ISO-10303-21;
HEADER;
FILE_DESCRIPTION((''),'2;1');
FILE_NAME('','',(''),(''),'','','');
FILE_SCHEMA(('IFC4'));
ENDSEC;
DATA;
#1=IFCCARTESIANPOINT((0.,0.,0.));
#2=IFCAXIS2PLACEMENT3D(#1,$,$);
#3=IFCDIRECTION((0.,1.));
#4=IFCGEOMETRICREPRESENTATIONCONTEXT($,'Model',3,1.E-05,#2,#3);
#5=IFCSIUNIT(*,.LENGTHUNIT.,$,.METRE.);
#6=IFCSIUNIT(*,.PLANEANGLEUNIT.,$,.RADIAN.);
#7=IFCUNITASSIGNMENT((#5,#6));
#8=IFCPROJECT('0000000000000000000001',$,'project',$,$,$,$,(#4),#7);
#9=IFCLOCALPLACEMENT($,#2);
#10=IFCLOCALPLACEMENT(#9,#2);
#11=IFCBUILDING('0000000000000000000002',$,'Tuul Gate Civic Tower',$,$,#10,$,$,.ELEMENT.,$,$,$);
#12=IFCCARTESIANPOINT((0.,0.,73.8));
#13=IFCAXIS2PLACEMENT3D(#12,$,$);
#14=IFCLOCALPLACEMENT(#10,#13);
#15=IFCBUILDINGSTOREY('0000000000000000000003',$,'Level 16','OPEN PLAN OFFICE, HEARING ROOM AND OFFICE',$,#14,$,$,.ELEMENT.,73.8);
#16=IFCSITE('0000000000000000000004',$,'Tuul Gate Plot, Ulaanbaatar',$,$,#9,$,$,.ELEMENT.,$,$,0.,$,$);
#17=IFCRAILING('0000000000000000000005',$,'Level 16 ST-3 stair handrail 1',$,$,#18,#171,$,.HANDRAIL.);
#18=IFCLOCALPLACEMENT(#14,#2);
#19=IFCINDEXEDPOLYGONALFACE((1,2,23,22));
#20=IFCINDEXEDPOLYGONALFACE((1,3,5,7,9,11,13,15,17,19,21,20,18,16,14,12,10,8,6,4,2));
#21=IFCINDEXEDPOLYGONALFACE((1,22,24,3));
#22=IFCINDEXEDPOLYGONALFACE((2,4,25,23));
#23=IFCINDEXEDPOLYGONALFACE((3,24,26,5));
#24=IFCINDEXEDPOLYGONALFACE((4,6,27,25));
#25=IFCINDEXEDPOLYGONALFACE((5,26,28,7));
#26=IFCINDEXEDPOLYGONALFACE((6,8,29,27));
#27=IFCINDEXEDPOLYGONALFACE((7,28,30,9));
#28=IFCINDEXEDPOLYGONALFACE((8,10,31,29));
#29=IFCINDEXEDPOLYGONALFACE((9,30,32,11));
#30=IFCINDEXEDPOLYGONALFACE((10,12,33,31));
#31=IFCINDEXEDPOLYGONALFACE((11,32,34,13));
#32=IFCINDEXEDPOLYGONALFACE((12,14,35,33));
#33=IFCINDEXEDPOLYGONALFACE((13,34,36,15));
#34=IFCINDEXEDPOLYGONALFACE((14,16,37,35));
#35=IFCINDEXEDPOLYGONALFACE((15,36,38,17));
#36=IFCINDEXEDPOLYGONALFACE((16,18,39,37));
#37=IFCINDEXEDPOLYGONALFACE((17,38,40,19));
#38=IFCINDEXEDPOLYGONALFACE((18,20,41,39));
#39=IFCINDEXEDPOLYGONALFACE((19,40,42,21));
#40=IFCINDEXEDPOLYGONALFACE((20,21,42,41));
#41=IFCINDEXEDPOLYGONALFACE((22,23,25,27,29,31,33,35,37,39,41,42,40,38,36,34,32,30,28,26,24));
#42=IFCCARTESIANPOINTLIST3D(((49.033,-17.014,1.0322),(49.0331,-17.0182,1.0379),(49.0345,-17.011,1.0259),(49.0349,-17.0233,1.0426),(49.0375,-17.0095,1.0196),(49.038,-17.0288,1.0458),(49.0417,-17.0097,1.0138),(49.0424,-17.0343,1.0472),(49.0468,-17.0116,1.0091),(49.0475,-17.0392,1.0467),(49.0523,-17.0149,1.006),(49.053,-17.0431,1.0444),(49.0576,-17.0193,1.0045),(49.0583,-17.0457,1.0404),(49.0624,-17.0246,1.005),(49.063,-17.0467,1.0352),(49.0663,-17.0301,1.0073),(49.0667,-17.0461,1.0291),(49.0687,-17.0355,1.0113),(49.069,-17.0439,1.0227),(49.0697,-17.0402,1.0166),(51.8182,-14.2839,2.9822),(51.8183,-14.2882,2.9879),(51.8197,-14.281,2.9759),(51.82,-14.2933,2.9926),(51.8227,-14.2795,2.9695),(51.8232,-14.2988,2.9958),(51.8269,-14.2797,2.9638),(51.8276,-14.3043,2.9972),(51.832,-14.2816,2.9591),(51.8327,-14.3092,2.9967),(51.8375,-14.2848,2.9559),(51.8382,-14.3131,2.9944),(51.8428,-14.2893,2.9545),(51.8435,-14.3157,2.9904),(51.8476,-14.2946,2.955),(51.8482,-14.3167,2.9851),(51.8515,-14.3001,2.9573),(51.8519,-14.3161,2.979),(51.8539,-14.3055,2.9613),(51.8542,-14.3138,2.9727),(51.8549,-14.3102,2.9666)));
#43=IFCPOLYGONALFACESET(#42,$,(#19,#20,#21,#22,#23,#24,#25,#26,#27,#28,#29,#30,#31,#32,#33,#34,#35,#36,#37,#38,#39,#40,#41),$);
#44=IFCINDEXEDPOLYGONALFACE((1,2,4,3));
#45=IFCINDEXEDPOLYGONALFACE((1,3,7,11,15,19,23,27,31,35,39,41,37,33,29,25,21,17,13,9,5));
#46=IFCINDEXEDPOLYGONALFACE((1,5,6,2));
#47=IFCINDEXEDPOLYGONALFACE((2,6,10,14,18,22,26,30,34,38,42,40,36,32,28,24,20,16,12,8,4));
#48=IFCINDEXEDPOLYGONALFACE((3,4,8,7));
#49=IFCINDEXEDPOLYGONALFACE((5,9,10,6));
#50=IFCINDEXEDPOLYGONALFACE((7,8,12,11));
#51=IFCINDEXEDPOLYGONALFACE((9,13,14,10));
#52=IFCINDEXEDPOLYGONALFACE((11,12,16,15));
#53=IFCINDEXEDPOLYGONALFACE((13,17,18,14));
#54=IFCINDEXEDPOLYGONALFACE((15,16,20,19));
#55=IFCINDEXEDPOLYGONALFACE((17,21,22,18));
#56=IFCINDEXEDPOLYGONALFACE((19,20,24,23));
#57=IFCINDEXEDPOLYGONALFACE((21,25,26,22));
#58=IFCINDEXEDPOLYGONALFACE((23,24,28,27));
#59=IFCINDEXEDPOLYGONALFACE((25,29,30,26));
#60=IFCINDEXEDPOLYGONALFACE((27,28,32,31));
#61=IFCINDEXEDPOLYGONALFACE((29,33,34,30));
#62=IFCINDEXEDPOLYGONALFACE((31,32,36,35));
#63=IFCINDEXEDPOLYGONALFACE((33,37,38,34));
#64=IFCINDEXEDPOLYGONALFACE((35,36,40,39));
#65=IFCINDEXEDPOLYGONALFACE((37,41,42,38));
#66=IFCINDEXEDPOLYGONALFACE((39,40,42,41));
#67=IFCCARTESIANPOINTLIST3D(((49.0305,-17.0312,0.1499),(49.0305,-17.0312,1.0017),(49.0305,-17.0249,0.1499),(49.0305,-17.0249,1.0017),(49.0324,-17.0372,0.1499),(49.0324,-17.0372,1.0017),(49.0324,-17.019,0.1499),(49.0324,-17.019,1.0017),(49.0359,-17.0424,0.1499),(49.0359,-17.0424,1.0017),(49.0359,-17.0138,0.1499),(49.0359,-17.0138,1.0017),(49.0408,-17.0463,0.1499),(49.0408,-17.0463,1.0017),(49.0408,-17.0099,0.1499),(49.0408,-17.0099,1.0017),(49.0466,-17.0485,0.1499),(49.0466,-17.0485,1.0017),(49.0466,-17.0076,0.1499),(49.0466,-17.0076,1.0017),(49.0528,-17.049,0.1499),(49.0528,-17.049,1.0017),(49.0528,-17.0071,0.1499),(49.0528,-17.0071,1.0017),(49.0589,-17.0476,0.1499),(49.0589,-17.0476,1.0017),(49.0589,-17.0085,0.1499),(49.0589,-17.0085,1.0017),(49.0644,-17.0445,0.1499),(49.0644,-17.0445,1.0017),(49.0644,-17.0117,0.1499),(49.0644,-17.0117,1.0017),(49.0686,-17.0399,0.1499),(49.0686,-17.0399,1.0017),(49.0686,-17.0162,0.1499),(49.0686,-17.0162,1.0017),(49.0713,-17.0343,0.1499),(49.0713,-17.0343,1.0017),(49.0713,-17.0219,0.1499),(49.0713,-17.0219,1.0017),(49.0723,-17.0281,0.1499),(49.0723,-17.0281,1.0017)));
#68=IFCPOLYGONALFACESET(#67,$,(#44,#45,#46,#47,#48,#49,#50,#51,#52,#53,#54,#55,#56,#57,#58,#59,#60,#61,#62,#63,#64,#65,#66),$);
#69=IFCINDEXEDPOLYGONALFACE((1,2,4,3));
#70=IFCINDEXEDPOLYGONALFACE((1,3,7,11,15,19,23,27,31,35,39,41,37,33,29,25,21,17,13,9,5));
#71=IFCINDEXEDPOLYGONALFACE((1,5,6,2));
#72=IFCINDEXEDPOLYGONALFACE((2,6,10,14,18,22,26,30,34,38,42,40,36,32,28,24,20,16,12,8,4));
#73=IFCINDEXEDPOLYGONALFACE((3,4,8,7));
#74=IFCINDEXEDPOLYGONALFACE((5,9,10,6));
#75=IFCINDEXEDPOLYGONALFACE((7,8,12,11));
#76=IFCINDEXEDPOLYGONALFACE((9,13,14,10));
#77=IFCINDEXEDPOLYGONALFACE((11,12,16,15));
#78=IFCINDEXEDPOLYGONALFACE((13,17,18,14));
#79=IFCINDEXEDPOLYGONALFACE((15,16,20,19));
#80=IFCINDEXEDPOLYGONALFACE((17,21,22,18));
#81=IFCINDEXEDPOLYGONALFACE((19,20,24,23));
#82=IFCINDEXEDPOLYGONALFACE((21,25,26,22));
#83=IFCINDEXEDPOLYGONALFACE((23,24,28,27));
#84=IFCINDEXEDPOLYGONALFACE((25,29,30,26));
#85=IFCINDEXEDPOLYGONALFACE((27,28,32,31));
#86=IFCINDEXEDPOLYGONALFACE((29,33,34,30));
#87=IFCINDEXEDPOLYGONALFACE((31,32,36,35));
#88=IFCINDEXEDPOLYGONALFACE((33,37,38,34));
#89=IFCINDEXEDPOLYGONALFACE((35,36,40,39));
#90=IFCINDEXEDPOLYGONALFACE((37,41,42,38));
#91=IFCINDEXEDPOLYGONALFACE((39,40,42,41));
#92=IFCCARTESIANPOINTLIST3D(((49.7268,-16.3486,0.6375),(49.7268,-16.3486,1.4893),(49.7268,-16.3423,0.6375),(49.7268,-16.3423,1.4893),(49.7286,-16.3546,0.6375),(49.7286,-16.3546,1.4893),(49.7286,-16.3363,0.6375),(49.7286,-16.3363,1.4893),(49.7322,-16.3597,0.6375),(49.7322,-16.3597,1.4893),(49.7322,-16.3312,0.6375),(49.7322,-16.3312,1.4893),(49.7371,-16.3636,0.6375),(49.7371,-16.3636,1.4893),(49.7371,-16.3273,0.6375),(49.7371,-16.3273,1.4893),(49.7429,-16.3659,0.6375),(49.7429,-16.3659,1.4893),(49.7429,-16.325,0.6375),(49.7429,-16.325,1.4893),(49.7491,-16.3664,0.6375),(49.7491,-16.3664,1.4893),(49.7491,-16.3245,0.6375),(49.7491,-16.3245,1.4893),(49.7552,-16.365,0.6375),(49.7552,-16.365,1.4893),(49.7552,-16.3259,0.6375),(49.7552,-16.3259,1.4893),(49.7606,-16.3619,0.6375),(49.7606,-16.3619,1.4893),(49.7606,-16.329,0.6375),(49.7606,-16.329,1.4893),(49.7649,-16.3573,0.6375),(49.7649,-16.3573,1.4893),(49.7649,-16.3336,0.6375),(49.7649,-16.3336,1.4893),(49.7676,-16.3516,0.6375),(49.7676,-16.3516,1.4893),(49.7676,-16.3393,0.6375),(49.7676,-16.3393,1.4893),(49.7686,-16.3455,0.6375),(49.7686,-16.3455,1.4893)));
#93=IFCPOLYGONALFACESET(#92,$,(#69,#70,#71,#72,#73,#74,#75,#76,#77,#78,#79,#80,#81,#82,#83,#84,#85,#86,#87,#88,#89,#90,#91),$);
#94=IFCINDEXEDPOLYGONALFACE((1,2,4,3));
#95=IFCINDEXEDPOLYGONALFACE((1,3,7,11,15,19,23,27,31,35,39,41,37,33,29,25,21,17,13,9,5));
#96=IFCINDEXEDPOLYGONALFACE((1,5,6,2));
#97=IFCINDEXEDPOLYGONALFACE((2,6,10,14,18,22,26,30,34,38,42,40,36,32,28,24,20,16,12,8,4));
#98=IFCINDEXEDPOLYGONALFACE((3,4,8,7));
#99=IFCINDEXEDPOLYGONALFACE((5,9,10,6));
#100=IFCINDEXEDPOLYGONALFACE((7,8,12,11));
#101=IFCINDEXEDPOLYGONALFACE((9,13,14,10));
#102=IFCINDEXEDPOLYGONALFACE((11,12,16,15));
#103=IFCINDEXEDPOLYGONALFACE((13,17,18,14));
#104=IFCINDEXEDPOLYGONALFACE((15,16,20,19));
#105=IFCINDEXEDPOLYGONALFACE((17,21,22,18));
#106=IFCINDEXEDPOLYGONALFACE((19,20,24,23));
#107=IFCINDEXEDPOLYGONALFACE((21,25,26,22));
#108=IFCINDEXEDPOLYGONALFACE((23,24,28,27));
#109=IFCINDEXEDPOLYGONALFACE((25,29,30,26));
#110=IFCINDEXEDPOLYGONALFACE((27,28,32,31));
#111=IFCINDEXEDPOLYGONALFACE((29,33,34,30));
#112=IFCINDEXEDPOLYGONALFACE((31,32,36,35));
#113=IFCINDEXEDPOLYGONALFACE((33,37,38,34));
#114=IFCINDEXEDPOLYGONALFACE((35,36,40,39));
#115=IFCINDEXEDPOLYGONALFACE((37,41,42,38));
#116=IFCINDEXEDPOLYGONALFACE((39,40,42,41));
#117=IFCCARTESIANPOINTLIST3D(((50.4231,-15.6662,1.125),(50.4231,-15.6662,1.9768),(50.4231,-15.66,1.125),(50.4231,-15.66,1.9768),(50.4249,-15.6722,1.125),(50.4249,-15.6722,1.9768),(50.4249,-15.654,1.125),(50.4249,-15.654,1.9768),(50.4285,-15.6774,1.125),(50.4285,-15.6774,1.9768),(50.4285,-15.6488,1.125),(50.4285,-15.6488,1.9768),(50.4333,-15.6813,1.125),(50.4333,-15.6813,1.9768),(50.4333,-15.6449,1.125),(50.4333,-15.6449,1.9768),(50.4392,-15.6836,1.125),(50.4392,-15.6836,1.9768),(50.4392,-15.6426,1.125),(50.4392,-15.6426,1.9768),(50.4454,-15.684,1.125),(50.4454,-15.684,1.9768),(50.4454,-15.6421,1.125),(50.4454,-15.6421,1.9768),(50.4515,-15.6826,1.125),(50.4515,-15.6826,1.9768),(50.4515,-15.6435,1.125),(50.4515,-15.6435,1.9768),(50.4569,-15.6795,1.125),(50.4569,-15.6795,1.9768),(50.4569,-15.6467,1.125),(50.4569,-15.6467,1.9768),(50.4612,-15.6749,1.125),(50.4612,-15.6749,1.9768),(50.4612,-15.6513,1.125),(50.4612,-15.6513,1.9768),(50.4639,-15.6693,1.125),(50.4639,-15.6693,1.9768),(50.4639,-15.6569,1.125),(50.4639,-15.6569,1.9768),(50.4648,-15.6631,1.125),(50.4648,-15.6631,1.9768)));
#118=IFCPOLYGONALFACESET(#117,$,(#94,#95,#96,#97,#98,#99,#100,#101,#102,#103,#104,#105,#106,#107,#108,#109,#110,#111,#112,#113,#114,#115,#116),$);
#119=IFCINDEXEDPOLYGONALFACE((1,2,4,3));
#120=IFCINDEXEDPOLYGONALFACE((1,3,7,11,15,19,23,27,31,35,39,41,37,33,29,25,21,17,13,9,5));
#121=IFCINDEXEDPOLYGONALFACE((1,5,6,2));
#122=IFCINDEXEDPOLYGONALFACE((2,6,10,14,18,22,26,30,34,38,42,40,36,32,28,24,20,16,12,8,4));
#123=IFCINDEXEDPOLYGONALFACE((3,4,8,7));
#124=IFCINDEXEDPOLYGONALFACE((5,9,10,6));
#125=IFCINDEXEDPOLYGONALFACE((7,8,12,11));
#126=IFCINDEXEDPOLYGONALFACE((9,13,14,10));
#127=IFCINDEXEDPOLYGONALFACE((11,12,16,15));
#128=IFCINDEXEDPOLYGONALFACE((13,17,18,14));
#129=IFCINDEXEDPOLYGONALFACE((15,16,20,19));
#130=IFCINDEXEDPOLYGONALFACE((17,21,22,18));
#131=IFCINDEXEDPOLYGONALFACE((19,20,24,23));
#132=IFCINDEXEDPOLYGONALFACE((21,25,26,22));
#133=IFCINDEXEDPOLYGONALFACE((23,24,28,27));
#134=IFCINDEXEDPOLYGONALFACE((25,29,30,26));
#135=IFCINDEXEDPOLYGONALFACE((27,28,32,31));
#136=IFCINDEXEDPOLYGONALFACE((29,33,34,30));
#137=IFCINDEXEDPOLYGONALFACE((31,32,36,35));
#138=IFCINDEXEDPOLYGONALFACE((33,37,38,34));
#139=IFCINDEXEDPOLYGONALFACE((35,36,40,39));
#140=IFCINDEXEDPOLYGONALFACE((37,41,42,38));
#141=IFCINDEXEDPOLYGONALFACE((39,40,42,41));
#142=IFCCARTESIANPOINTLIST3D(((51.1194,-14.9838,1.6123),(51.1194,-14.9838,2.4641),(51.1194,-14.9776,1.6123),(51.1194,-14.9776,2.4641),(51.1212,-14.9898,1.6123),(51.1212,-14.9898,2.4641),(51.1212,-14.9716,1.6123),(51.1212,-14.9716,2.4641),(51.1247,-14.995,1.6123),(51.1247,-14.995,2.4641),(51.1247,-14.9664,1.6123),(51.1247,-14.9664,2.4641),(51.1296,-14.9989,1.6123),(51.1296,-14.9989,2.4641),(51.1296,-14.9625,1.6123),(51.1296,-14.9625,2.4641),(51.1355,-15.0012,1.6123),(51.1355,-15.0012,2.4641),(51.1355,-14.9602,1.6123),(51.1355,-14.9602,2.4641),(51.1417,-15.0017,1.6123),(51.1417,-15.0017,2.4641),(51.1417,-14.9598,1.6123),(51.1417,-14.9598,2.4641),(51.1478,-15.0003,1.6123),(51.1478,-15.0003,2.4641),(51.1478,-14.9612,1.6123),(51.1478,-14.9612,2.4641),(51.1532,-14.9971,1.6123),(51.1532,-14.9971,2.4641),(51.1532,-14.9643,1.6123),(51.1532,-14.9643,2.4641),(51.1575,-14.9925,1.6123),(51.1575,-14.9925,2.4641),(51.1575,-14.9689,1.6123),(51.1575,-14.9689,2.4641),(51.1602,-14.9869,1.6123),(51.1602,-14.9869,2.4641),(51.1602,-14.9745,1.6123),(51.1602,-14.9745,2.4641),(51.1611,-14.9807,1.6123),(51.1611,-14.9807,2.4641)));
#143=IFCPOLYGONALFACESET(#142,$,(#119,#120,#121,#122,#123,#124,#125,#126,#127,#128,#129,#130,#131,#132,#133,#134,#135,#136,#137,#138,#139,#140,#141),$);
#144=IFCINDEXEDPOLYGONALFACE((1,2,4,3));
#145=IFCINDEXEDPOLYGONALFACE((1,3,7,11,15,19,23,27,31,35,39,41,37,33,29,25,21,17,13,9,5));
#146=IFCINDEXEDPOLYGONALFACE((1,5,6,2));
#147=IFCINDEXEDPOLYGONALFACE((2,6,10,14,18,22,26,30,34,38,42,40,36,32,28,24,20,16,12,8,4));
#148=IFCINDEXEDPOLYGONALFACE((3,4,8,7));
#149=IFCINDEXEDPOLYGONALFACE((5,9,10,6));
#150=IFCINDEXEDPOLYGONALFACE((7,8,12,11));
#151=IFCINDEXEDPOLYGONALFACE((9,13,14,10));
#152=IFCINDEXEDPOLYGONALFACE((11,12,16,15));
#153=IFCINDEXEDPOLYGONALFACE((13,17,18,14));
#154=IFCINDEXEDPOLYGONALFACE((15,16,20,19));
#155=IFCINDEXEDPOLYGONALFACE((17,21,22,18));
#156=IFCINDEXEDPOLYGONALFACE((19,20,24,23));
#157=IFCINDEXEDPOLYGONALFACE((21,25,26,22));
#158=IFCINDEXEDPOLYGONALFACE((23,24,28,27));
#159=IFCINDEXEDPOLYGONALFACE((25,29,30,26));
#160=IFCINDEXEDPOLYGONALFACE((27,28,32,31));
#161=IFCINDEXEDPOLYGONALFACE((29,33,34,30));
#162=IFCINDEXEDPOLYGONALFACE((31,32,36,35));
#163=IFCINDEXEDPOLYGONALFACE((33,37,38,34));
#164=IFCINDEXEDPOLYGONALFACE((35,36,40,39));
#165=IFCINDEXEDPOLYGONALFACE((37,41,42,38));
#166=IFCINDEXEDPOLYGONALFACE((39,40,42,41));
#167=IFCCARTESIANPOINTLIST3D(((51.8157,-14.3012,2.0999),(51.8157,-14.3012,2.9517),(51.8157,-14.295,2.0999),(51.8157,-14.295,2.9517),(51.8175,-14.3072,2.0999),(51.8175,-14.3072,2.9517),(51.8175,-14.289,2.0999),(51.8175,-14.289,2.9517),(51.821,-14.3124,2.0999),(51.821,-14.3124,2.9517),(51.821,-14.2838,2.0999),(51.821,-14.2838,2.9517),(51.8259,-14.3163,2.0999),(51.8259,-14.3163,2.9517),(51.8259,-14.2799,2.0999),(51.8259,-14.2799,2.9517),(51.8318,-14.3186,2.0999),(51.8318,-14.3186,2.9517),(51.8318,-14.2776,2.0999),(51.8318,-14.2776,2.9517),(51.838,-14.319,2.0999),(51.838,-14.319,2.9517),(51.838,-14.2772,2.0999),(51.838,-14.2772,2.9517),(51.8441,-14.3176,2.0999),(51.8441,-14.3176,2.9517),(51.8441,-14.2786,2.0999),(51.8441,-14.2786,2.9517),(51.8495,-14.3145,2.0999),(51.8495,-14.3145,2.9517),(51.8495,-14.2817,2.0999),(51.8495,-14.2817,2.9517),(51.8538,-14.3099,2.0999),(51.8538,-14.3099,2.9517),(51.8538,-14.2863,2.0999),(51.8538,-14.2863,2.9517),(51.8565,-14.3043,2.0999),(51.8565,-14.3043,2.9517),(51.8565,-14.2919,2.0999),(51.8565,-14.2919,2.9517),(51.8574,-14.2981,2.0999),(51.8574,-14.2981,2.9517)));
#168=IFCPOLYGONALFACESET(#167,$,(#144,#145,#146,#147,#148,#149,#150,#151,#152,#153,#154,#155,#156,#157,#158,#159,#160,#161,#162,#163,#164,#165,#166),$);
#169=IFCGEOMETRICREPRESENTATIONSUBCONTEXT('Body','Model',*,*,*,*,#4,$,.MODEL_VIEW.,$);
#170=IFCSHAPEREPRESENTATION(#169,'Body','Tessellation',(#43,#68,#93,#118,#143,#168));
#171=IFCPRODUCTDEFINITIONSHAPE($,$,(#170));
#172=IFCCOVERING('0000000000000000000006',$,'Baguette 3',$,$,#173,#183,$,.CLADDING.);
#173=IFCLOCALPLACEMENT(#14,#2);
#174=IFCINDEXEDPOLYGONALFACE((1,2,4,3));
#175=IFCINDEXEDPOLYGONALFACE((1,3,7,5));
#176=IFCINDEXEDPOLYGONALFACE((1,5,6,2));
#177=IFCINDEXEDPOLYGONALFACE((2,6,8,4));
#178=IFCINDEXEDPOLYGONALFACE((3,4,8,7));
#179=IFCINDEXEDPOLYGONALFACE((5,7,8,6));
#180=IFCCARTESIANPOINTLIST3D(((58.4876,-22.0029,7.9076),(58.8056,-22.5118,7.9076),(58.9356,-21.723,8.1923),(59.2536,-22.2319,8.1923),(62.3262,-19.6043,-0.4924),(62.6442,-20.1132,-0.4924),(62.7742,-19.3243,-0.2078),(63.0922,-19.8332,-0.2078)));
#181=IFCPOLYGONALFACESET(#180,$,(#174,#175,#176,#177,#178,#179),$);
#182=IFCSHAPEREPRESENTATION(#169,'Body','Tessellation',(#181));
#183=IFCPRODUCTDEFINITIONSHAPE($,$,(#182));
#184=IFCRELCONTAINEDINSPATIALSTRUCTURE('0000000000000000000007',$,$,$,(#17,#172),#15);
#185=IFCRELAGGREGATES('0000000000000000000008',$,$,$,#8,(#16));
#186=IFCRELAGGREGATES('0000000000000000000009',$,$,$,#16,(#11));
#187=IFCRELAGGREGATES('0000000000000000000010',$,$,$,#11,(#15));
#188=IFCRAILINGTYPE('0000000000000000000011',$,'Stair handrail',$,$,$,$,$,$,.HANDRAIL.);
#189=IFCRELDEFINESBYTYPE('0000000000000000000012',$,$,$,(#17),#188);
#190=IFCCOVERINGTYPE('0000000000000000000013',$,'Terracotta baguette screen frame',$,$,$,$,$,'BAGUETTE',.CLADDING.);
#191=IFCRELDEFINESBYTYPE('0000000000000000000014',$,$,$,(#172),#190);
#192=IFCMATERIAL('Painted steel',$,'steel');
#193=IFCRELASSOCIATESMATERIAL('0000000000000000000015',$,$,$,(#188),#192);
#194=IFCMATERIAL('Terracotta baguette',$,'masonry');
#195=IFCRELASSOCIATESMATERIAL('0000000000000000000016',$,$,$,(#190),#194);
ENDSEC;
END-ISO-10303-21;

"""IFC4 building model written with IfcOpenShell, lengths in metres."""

from ifc_helpers import new_model, si_unit, direction, frame, origin, origin_2d, place, context, subcontext, project, spatial, rectangle, circle, extrude, material, material_profile, profile_set, type_object, element, save


model = new_model("IFC4")

# Units and contexts
model_context = context("Model", 3, precision=1e-05, world=origin(), true_north=direction((0.0, 1.0)))
body_context = subcontext(model_context, "Body", "Model", "MODEL_VIEW")
ifc_project = project(units=[si_unit("LENGTHUNIT", "METRE"), si_unit("PLANEANGLEUNIT", "RADIAN")], contexts=[model_context])

# Site, building, storey
site_placement = place(None, origin())
site = spatial("IfcSite", under=ifc_project, at=site_placement, Name="Tuul Gate Plot, Ulaanbaatar", CompositionType="ELEMENT", RefElevation=0.0)
building_placement = place(site_placement, origin())
building = spatial("IfcBuilding", under=site, at=building_placement, Name="Tuul Gate Civic Tower", CompositionType="ELEMENT")
storey_placement = place(building_placement, frame((0.0, 0.0, 73.8)))
storey = spatial("IfcBuildingStorey", under=building, at=storey_placement, Name="Level 16", Description="OPEN PLAN OFFICE, HEARING ROOM AND OFFICE", CompositionType="ELEMENT", Elevation=73.8)

# Railing
ifc_material_1 = material(Name="Painted steel", Category="steel")
railing_type = type_object("IfcRailingType", Name="Stair handrail", PredefinedType="HANDRAIL", material=ifc_material_1)
railing_placement = place(storey_placement, frame((49.0513, -17.0281, 0.1499)))
element("IfcRailing", 1, at=railing_placement, inside=storey, type_object=railing_type, Name="Level 16 ST-3 stair handrail 1", PredefinedType="HANDRAIL", context=body_context, shape_type="SweptSolid", body=[
    extrude(circle(Radius=0.0239, at=origin_2d()), frame((0.0, 0.0, 0.876), z_axis=(0.638754, 0.6261, 0.447206), x_axis=(-0.699998, 0.714145, 0.0)), (0.0, 0.0, 1.0), 4.3604),
    extrude(circle(Radius=0.021, at=origin_2d()), origin(), (0.0, 0.0, 1.0), 0.8518),
    extrude(circle(Radius=0.021, at=origin_2d()), frame((0.6963, 0.6826, 0.4875)), (0.0, 0.0, 1.0), 0.8518),
    extrude(circle(Radius=0.021, at=origin_2d()), frame((1.3926, 1.365, 0.9751)), (0.0, 0.0, 1.0), 0.8518),
    extrude(circle(Radius=0.021, at=origin_2d()), frame((2.0889, 2.0474, 1.4624)), (0.0, 0.0, 1.0), 0.8518),
    extrude(circle(Radius=0.021, at=origin_2d()), frame((2.7852, 2.73, 1.95)), (0.0, 0.0, 1.0), 0.8518),
])

# Covering
ifc_material_2 = material(Name="Terracotta baguette", Category="masonry")
ifc_material_profile_1 = material_profile(ifc_material_2, rectangle(XDim=0.6001, YDim=0.6001, at=origin_2d()), Name="Terracotta baguette screen frame")
ifc_profile_set_1 = profile_set([ifc_material_profile_1], Name="Terracotta baguette")
covering_type = type_object("IfcCoveringType", Name="Terracotta baguette screen frame", ElementType="BAGUETTE", PredefinedType="CLADDING", material=ifc_profile_set_1)
covering_placement = place(storey_placement, frame((62.7092, -19.7188, -0.3501), z_axis=(-0.402284, -0.25138, 0.880327), x_axis=(0.529926, -0.848044, 0.0)))
element("IfcCovering", 2, at=covering_placement, inside=storey, type_object=covering_type, Name="Baguette 3", PredefinedType="CLADDING", context=body_context, shape_type="SweptSolid", body=[
    extrude(rectangle(XDim=0.6001, YDim=0.6001, at=origin_2d()), origin(), (0.0, 0.0, 1.0), 9.542),
])

save(model, "model.ifc")
